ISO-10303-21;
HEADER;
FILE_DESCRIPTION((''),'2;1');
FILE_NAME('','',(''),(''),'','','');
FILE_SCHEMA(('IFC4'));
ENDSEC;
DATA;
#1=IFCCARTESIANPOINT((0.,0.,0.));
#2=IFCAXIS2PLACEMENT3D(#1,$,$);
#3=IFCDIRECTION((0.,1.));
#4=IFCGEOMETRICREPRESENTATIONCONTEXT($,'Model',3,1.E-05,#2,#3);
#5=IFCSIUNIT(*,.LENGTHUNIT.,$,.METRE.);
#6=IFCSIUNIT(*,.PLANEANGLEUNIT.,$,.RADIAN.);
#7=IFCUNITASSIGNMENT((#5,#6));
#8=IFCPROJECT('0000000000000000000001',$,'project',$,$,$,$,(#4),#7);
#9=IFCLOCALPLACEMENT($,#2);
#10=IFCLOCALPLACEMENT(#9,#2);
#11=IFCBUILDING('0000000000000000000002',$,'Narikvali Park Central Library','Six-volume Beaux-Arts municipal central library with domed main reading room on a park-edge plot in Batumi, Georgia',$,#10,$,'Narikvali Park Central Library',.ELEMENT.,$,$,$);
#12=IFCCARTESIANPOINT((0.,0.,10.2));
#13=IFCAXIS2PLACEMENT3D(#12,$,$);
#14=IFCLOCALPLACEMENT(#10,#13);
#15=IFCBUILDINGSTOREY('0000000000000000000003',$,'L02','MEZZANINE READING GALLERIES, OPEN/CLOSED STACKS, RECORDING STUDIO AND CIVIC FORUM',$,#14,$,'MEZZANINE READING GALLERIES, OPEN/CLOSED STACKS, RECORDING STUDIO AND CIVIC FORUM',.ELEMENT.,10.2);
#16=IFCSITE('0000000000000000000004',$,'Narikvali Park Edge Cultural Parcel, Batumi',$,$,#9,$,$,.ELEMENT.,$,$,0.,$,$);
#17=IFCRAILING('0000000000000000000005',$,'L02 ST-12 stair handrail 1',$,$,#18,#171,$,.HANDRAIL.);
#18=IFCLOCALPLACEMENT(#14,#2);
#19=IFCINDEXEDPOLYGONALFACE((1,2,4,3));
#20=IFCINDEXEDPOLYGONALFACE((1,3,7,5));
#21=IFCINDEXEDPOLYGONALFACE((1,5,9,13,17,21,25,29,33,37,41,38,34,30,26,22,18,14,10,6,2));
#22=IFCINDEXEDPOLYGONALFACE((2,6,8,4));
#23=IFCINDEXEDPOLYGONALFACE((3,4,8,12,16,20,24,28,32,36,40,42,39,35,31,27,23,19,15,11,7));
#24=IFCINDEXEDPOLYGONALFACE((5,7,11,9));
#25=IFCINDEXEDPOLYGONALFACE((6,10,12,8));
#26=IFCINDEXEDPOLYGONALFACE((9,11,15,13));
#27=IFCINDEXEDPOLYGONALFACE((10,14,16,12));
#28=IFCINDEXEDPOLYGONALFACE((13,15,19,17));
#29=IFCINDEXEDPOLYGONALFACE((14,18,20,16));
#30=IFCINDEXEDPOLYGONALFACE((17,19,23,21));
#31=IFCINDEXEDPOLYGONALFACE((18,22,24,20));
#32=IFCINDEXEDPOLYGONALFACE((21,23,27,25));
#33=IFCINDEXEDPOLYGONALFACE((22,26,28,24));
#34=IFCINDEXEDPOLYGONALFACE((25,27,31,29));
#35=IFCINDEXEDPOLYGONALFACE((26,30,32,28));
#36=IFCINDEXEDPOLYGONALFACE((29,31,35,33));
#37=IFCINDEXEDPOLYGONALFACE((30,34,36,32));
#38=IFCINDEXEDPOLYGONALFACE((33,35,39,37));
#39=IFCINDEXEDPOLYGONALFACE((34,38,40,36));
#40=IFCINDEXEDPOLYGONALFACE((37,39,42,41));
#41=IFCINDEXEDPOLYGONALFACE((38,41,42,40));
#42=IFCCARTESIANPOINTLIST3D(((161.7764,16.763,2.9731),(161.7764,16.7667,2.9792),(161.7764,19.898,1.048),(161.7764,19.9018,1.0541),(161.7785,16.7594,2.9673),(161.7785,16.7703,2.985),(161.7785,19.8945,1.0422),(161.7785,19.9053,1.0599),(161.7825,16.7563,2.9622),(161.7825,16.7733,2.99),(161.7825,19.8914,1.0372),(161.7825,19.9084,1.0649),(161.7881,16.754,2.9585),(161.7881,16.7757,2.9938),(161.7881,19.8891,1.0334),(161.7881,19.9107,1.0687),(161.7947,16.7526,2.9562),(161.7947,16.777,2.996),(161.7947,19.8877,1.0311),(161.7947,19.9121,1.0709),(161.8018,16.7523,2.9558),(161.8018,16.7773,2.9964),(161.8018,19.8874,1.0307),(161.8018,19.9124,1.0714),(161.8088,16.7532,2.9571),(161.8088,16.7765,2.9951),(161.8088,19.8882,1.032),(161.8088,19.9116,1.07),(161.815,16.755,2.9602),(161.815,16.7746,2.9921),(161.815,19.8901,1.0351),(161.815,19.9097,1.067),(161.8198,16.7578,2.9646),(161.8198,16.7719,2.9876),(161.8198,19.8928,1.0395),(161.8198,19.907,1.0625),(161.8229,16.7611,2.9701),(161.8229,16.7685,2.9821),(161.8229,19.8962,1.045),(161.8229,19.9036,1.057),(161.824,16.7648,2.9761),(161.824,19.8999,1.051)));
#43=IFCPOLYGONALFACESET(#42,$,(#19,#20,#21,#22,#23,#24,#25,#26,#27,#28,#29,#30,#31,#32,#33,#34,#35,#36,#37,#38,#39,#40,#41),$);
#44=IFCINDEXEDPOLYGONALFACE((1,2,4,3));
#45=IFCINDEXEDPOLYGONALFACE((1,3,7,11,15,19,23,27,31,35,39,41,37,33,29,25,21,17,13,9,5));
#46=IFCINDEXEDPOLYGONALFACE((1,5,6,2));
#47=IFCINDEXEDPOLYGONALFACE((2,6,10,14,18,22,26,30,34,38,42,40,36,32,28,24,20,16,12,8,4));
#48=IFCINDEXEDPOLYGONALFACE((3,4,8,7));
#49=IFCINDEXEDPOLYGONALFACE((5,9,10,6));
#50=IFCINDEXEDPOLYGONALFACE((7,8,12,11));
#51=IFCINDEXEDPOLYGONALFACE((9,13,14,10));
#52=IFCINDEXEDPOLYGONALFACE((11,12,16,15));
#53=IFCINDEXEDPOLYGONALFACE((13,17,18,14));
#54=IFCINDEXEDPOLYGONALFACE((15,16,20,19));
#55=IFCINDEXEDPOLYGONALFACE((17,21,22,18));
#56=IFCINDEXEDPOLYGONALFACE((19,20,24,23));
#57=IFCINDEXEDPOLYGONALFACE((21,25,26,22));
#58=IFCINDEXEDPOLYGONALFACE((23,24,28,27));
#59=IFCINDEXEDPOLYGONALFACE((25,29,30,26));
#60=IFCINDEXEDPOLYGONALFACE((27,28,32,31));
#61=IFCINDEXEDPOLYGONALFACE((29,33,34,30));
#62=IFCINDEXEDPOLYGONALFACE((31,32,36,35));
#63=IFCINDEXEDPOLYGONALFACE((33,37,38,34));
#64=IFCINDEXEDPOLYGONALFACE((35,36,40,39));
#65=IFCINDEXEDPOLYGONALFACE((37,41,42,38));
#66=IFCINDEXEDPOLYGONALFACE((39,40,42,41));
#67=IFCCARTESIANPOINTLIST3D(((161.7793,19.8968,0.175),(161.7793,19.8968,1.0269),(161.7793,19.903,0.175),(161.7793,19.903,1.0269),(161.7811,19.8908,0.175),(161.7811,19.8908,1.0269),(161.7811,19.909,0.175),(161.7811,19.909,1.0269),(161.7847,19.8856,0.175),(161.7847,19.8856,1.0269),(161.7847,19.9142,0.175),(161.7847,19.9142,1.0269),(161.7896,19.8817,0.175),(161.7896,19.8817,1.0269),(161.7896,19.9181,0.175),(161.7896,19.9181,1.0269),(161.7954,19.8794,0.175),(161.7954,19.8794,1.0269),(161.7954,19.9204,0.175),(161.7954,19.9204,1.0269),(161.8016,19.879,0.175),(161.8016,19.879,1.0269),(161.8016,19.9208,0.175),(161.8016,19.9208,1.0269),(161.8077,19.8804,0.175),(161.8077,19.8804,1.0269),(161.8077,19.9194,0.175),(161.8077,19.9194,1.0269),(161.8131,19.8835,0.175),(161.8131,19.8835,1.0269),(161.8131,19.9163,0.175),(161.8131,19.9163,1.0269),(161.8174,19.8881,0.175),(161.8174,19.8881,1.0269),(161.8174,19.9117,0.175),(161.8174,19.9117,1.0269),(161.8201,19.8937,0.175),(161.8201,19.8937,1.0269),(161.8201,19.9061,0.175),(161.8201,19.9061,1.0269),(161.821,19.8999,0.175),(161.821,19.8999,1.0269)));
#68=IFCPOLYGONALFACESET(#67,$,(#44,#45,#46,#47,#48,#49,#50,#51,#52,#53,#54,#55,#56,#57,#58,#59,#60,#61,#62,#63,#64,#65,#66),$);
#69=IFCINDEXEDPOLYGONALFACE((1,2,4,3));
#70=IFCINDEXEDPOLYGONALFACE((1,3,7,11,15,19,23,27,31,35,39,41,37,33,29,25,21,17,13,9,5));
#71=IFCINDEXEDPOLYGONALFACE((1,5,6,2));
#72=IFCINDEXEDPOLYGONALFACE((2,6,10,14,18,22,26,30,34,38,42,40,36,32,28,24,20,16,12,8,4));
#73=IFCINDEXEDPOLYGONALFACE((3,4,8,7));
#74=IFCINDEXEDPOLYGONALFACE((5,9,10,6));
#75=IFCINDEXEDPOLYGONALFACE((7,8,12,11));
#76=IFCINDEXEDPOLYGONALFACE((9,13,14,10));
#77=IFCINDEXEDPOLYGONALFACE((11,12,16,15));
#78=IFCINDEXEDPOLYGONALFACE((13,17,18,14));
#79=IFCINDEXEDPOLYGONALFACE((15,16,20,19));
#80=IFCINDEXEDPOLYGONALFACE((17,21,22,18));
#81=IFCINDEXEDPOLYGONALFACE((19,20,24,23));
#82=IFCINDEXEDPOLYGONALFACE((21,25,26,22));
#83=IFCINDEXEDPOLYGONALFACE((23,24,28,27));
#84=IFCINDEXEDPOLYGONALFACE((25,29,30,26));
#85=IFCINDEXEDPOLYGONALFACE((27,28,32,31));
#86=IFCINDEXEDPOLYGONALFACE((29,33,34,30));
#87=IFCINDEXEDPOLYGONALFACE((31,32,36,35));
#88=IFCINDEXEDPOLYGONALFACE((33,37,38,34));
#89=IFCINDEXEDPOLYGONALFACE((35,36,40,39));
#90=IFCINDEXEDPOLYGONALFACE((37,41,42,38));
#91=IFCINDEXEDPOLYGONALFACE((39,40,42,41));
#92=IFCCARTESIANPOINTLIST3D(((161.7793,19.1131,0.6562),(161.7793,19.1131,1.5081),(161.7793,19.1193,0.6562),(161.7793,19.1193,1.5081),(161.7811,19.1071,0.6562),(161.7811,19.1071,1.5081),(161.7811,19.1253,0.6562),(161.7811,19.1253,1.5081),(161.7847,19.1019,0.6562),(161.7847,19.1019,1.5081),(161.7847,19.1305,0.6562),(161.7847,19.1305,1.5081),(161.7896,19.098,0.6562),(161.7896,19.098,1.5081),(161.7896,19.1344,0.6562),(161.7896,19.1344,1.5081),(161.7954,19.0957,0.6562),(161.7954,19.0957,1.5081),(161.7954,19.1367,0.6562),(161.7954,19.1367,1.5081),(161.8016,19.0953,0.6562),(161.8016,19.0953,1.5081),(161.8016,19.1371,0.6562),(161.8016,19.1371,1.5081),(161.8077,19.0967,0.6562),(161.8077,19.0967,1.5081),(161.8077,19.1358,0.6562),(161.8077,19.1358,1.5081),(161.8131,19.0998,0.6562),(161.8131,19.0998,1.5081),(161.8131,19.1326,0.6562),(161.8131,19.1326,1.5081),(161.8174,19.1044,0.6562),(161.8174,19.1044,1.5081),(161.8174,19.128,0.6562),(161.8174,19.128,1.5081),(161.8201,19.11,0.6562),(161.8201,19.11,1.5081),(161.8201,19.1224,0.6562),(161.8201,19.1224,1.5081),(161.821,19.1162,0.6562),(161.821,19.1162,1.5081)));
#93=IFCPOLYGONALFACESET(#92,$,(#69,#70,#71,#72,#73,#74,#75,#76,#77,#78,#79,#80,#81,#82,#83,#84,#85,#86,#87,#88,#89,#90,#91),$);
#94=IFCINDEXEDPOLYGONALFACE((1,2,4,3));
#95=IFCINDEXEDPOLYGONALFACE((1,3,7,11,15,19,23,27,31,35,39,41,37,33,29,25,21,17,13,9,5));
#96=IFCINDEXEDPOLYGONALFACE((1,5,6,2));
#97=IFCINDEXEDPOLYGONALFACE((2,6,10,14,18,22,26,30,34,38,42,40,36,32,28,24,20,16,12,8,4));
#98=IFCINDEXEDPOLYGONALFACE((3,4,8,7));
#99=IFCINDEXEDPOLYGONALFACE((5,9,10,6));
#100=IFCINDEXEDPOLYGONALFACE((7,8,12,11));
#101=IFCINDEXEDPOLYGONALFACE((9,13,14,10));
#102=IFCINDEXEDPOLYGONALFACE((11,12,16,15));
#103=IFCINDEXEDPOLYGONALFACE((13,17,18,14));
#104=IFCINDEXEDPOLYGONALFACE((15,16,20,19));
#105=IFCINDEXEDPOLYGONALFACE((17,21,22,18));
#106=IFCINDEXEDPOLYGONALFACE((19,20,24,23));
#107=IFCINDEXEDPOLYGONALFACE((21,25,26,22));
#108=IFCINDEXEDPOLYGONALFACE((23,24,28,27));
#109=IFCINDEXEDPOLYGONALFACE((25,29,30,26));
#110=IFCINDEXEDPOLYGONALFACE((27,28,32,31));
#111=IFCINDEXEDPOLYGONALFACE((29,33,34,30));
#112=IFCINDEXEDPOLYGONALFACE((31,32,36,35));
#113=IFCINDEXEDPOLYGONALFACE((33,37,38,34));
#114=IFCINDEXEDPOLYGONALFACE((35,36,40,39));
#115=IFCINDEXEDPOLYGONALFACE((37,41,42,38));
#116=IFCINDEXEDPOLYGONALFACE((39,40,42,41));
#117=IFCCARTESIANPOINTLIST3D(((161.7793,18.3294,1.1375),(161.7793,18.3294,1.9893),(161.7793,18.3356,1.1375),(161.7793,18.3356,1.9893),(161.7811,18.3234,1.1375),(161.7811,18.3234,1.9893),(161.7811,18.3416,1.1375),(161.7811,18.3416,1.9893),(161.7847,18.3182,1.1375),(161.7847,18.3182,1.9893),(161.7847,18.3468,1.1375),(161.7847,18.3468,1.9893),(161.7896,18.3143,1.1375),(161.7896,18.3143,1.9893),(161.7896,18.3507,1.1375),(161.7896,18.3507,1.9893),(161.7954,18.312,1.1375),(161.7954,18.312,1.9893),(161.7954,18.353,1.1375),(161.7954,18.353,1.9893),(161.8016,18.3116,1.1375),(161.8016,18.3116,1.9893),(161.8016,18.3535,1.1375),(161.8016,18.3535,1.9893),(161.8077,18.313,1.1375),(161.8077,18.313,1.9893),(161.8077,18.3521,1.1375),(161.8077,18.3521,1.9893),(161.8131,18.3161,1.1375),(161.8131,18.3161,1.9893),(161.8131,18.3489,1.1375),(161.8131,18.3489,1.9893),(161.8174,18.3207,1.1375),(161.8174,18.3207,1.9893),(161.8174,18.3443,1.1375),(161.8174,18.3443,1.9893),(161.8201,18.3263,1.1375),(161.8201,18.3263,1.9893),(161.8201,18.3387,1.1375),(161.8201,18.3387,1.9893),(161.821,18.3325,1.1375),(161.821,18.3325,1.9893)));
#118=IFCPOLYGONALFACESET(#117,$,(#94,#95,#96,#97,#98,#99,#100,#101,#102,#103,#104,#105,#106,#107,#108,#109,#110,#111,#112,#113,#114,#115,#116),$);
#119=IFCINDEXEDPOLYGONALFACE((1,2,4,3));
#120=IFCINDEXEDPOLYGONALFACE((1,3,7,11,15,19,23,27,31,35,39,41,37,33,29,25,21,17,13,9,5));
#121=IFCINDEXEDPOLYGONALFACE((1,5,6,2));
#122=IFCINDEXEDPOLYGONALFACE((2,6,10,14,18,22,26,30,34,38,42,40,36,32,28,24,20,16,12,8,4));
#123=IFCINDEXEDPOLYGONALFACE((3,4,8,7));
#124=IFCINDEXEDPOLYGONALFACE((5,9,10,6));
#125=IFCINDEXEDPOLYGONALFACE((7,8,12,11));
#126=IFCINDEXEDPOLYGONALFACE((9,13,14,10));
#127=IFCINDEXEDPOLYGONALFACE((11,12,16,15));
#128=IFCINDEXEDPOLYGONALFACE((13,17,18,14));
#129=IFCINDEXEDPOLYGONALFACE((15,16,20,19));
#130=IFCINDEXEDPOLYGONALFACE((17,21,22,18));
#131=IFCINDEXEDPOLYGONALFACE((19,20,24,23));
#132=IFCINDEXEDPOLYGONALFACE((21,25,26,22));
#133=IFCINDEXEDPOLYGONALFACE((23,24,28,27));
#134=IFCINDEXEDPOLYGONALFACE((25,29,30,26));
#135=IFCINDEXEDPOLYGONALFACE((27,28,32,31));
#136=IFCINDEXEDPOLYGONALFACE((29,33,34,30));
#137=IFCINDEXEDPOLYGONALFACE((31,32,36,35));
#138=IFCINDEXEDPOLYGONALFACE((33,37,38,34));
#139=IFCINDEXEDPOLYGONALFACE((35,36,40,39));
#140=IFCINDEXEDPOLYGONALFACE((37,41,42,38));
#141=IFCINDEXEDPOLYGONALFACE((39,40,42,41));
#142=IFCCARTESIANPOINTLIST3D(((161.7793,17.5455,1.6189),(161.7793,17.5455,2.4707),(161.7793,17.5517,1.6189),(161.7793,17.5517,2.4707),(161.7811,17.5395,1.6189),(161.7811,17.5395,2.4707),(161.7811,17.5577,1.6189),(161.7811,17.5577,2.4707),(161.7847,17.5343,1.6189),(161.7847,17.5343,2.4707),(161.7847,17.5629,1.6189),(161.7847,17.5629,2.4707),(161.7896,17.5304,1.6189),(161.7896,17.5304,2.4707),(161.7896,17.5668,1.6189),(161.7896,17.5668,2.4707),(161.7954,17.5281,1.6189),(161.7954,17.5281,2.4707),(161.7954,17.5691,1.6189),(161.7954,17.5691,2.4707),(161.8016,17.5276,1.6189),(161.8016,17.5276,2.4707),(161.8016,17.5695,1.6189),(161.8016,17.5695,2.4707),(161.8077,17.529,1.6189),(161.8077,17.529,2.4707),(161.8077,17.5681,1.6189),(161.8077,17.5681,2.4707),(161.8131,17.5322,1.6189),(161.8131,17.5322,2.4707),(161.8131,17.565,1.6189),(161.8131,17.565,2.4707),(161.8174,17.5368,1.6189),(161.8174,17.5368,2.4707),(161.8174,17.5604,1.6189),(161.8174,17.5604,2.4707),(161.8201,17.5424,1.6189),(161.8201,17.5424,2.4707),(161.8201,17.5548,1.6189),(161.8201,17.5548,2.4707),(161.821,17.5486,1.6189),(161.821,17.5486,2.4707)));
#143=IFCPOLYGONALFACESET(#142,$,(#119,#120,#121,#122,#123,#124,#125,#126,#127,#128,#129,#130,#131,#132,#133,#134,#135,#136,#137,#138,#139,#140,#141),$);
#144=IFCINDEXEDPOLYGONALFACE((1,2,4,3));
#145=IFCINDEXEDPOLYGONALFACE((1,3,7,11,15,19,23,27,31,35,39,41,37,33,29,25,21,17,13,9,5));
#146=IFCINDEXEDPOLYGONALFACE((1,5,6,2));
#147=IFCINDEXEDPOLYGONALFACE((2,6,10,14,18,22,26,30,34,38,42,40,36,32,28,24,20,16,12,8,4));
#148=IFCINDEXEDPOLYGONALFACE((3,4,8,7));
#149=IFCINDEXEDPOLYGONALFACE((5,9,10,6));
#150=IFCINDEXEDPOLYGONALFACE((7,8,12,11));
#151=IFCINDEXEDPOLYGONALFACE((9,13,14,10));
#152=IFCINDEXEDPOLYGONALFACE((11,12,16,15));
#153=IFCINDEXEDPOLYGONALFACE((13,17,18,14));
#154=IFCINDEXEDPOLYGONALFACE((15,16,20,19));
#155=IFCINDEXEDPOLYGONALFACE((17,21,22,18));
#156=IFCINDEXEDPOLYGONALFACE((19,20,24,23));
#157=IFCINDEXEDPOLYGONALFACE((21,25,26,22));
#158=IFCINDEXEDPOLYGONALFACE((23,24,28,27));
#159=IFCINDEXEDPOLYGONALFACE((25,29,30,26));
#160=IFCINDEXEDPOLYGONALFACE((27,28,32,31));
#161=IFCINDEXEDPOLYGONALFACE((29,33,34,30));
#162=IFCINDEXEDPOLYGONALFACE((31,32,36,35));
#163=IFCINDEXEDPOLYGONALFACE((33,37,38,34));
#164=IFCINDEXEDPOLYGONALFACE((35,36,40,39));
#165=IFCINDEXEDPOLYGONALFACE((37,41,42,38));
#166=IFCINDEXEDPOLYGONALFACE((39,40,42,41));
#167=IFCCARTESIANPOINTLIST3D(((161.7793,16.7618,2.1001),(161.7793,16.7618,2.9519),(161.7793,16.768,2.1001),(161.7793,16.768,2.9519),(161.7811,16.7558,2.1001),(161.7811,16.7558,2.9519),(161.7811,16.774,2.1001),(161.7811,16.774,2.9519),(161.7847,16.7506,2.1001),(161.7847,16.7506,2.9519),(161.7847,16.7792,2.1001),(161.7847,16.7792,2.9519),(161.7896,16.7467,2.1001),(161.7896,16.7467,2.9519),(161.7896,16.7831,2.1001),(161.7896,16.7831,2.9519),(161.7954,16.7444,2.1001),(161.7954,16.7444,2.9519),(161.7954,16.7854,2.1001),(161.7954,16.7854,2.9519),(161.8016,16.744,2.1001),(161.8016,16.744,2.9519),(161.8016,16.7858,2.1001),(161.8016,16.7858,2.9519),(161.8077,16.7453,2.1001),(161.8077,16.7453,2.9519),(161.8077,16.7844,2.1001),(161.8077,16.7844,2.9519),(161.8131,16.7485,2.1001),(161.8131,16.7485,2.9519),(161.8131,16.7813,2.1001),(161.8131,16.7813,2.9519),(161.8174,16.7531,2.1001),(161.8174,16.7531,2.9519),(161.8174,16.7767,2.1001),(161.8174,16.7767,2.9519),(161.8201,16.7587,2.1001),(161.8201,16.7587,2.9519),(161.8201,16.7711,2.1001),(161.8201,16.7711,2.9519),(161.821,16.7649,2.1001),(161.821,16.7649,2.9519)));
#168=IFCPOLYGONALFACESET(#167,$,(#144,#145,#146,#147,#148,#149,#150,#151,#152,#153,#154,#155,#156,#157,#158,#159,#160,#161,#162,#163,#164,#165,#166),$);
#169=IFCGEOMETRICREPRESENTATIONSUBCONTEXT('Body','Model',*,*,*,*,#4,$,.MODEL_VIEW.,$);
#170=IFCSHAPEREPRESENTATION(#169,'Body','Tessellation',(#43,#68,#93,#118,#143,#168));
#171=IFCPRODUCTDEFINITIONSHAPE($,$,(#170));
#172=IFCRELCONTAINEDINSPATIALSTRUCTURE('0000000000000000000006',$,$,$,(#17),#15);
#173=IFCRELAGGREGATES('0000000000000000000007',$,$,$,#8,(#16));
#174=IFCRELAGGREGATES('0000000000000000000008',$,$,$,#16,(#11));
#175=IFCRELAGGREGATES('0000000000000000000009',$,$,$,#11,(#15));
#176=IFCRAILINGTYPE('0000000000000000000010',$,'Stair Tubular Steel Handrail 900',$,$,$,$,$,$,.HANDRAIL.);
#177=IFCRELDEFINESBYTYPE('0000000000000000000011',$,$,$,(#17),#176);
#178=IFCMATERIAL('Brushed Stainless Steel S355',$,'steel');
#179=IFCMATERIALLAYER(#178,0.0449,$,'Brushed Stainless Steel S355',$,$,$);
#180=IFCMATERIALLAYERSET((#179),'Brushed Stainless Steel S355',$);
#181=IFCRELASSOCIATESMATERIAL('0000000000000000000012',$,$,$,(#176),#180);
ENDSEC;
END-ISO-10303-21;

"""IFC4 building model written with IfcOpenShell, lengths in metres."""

from ifc_helpers import new_model, si_unit, direction, frame, origin, origin_2d, place, context, subcontext, project, spatial, circle, extrude, material, layer, layer_set, type_object, element, save


model = new_model("IFC4")

# Units and contexts
model_context = context("Model", 3, precision=1e-05, world=origin(), true_north=direction((0.0, 1.0)))
body_context = subcontext(model_context, "Body", "Model", "MODEL_VIEW")
ifc_project = project(units=[si_unit("LENGTHUNIT", "METRE"), si_unit("PLANEANGLEUNIT", "RADIAN")], contexts=[model_context])

# Site, building, storey
site_placement = place(None, origin())
site = spatial("IfcSite", under=ifc_project, at=site_placement, Name="Narikvali Park Edge Cultural Parcel, Batumi", CompositionType="ELEMENT", RefElevation=0.0)
building_placement = place(site_placement, origin())
building = spatial("IfcBuilding", under=site, at=building_placement, Name="Narikvali Park Central Library", Description="Six-volume Beaux-Arts municipal central library with domed main reading room on a park-edge plot in Batumi, Georgia", LongName="Narikvali Park Central Library", CompositionType="ELEMENT")
storey_placement = place(building_placement, frame((0.0, 0.0, 10.2)))
storey = spatial("IfcBuildingStorey", under=building, at=storey_placement, Name="L02", Description="MEZZANINE READING GALLERIES, OPEN/CLOSED STACKS, RECORDING STUDIO AND CIVIC FORUM", LongName="MEZZANINE READING GALLERIES, OPEN/CLOSED STACKS, RECORDING STUDIO AND CIVIC FORUM", CompositionType="ELEMENT", Elevation=10.2)

# Railing
ifc_material_1 = material(Name="Brushed Stainless Steel S355", Category="steel")
ifc_layer_1 = layer(ifc_material_1, 0.0449, Name="Brushed Stainless Steel S355")
ifc_layer_set_1 = layer_set([ifc_layer_1], Name="Brushed Stainless Steel S355")
railing_type_1 = type_object("IfcRailingType", Name="Stair Tubular Steel Handrail 900", PredefinedType="HANDRAIL", material=ifc_layer_set_1)
railing_1_placement = place(storey_placement, frame((161.8, 19.8999, 0.175)))
element("IfcRailing", 1, at=railing_1_placement, inside=storey, type_object=railing_type_1, Name="L02 ST-12 stair handrail 1", PredefinedType="HANDRAIL", context=body_context, shape_type="SweptSolid", body=[
    extrude(circle(Radius=0.0239, at=origin_2d()), frame((0.0, 0.0, 0.876), z_axis=(0.0, -0.852166, 0.523271), x_axis=(1.0, 0.0, 0.0)), (0.0, 0.0, 1.0), 3.679),
    extrude(circle(Radius=0.021, at=origin_2d()), origin(), (0.0, 0.0, 1.0), 0.8518),
    extrude(circle(Radius=0.021, at=origin_2d()), frame((0.0, -0.7837, 0.4812)), (0.0, 0.0, 1.0), 0.8518),
    extrude(circle(Radius=0.021, at=origin_2d()), frame((0.0, -1.5674, 0.9624)), (0.0, 0.0, 1.0), 0.8518),
    extrude(circle(Radius=0.021, at=origin_2d()), frame((0.0, -2.3513, 1.4438)), (0.0, 0.0, 1.0), 0.8518),
    extrude(circle(Radius=0.021, at=origin_2d()), frame((0.0, -3.135, 1.925)), (0.0, 0.0, 1.0), 0.8518),
])

save(model, "model.ifc")
